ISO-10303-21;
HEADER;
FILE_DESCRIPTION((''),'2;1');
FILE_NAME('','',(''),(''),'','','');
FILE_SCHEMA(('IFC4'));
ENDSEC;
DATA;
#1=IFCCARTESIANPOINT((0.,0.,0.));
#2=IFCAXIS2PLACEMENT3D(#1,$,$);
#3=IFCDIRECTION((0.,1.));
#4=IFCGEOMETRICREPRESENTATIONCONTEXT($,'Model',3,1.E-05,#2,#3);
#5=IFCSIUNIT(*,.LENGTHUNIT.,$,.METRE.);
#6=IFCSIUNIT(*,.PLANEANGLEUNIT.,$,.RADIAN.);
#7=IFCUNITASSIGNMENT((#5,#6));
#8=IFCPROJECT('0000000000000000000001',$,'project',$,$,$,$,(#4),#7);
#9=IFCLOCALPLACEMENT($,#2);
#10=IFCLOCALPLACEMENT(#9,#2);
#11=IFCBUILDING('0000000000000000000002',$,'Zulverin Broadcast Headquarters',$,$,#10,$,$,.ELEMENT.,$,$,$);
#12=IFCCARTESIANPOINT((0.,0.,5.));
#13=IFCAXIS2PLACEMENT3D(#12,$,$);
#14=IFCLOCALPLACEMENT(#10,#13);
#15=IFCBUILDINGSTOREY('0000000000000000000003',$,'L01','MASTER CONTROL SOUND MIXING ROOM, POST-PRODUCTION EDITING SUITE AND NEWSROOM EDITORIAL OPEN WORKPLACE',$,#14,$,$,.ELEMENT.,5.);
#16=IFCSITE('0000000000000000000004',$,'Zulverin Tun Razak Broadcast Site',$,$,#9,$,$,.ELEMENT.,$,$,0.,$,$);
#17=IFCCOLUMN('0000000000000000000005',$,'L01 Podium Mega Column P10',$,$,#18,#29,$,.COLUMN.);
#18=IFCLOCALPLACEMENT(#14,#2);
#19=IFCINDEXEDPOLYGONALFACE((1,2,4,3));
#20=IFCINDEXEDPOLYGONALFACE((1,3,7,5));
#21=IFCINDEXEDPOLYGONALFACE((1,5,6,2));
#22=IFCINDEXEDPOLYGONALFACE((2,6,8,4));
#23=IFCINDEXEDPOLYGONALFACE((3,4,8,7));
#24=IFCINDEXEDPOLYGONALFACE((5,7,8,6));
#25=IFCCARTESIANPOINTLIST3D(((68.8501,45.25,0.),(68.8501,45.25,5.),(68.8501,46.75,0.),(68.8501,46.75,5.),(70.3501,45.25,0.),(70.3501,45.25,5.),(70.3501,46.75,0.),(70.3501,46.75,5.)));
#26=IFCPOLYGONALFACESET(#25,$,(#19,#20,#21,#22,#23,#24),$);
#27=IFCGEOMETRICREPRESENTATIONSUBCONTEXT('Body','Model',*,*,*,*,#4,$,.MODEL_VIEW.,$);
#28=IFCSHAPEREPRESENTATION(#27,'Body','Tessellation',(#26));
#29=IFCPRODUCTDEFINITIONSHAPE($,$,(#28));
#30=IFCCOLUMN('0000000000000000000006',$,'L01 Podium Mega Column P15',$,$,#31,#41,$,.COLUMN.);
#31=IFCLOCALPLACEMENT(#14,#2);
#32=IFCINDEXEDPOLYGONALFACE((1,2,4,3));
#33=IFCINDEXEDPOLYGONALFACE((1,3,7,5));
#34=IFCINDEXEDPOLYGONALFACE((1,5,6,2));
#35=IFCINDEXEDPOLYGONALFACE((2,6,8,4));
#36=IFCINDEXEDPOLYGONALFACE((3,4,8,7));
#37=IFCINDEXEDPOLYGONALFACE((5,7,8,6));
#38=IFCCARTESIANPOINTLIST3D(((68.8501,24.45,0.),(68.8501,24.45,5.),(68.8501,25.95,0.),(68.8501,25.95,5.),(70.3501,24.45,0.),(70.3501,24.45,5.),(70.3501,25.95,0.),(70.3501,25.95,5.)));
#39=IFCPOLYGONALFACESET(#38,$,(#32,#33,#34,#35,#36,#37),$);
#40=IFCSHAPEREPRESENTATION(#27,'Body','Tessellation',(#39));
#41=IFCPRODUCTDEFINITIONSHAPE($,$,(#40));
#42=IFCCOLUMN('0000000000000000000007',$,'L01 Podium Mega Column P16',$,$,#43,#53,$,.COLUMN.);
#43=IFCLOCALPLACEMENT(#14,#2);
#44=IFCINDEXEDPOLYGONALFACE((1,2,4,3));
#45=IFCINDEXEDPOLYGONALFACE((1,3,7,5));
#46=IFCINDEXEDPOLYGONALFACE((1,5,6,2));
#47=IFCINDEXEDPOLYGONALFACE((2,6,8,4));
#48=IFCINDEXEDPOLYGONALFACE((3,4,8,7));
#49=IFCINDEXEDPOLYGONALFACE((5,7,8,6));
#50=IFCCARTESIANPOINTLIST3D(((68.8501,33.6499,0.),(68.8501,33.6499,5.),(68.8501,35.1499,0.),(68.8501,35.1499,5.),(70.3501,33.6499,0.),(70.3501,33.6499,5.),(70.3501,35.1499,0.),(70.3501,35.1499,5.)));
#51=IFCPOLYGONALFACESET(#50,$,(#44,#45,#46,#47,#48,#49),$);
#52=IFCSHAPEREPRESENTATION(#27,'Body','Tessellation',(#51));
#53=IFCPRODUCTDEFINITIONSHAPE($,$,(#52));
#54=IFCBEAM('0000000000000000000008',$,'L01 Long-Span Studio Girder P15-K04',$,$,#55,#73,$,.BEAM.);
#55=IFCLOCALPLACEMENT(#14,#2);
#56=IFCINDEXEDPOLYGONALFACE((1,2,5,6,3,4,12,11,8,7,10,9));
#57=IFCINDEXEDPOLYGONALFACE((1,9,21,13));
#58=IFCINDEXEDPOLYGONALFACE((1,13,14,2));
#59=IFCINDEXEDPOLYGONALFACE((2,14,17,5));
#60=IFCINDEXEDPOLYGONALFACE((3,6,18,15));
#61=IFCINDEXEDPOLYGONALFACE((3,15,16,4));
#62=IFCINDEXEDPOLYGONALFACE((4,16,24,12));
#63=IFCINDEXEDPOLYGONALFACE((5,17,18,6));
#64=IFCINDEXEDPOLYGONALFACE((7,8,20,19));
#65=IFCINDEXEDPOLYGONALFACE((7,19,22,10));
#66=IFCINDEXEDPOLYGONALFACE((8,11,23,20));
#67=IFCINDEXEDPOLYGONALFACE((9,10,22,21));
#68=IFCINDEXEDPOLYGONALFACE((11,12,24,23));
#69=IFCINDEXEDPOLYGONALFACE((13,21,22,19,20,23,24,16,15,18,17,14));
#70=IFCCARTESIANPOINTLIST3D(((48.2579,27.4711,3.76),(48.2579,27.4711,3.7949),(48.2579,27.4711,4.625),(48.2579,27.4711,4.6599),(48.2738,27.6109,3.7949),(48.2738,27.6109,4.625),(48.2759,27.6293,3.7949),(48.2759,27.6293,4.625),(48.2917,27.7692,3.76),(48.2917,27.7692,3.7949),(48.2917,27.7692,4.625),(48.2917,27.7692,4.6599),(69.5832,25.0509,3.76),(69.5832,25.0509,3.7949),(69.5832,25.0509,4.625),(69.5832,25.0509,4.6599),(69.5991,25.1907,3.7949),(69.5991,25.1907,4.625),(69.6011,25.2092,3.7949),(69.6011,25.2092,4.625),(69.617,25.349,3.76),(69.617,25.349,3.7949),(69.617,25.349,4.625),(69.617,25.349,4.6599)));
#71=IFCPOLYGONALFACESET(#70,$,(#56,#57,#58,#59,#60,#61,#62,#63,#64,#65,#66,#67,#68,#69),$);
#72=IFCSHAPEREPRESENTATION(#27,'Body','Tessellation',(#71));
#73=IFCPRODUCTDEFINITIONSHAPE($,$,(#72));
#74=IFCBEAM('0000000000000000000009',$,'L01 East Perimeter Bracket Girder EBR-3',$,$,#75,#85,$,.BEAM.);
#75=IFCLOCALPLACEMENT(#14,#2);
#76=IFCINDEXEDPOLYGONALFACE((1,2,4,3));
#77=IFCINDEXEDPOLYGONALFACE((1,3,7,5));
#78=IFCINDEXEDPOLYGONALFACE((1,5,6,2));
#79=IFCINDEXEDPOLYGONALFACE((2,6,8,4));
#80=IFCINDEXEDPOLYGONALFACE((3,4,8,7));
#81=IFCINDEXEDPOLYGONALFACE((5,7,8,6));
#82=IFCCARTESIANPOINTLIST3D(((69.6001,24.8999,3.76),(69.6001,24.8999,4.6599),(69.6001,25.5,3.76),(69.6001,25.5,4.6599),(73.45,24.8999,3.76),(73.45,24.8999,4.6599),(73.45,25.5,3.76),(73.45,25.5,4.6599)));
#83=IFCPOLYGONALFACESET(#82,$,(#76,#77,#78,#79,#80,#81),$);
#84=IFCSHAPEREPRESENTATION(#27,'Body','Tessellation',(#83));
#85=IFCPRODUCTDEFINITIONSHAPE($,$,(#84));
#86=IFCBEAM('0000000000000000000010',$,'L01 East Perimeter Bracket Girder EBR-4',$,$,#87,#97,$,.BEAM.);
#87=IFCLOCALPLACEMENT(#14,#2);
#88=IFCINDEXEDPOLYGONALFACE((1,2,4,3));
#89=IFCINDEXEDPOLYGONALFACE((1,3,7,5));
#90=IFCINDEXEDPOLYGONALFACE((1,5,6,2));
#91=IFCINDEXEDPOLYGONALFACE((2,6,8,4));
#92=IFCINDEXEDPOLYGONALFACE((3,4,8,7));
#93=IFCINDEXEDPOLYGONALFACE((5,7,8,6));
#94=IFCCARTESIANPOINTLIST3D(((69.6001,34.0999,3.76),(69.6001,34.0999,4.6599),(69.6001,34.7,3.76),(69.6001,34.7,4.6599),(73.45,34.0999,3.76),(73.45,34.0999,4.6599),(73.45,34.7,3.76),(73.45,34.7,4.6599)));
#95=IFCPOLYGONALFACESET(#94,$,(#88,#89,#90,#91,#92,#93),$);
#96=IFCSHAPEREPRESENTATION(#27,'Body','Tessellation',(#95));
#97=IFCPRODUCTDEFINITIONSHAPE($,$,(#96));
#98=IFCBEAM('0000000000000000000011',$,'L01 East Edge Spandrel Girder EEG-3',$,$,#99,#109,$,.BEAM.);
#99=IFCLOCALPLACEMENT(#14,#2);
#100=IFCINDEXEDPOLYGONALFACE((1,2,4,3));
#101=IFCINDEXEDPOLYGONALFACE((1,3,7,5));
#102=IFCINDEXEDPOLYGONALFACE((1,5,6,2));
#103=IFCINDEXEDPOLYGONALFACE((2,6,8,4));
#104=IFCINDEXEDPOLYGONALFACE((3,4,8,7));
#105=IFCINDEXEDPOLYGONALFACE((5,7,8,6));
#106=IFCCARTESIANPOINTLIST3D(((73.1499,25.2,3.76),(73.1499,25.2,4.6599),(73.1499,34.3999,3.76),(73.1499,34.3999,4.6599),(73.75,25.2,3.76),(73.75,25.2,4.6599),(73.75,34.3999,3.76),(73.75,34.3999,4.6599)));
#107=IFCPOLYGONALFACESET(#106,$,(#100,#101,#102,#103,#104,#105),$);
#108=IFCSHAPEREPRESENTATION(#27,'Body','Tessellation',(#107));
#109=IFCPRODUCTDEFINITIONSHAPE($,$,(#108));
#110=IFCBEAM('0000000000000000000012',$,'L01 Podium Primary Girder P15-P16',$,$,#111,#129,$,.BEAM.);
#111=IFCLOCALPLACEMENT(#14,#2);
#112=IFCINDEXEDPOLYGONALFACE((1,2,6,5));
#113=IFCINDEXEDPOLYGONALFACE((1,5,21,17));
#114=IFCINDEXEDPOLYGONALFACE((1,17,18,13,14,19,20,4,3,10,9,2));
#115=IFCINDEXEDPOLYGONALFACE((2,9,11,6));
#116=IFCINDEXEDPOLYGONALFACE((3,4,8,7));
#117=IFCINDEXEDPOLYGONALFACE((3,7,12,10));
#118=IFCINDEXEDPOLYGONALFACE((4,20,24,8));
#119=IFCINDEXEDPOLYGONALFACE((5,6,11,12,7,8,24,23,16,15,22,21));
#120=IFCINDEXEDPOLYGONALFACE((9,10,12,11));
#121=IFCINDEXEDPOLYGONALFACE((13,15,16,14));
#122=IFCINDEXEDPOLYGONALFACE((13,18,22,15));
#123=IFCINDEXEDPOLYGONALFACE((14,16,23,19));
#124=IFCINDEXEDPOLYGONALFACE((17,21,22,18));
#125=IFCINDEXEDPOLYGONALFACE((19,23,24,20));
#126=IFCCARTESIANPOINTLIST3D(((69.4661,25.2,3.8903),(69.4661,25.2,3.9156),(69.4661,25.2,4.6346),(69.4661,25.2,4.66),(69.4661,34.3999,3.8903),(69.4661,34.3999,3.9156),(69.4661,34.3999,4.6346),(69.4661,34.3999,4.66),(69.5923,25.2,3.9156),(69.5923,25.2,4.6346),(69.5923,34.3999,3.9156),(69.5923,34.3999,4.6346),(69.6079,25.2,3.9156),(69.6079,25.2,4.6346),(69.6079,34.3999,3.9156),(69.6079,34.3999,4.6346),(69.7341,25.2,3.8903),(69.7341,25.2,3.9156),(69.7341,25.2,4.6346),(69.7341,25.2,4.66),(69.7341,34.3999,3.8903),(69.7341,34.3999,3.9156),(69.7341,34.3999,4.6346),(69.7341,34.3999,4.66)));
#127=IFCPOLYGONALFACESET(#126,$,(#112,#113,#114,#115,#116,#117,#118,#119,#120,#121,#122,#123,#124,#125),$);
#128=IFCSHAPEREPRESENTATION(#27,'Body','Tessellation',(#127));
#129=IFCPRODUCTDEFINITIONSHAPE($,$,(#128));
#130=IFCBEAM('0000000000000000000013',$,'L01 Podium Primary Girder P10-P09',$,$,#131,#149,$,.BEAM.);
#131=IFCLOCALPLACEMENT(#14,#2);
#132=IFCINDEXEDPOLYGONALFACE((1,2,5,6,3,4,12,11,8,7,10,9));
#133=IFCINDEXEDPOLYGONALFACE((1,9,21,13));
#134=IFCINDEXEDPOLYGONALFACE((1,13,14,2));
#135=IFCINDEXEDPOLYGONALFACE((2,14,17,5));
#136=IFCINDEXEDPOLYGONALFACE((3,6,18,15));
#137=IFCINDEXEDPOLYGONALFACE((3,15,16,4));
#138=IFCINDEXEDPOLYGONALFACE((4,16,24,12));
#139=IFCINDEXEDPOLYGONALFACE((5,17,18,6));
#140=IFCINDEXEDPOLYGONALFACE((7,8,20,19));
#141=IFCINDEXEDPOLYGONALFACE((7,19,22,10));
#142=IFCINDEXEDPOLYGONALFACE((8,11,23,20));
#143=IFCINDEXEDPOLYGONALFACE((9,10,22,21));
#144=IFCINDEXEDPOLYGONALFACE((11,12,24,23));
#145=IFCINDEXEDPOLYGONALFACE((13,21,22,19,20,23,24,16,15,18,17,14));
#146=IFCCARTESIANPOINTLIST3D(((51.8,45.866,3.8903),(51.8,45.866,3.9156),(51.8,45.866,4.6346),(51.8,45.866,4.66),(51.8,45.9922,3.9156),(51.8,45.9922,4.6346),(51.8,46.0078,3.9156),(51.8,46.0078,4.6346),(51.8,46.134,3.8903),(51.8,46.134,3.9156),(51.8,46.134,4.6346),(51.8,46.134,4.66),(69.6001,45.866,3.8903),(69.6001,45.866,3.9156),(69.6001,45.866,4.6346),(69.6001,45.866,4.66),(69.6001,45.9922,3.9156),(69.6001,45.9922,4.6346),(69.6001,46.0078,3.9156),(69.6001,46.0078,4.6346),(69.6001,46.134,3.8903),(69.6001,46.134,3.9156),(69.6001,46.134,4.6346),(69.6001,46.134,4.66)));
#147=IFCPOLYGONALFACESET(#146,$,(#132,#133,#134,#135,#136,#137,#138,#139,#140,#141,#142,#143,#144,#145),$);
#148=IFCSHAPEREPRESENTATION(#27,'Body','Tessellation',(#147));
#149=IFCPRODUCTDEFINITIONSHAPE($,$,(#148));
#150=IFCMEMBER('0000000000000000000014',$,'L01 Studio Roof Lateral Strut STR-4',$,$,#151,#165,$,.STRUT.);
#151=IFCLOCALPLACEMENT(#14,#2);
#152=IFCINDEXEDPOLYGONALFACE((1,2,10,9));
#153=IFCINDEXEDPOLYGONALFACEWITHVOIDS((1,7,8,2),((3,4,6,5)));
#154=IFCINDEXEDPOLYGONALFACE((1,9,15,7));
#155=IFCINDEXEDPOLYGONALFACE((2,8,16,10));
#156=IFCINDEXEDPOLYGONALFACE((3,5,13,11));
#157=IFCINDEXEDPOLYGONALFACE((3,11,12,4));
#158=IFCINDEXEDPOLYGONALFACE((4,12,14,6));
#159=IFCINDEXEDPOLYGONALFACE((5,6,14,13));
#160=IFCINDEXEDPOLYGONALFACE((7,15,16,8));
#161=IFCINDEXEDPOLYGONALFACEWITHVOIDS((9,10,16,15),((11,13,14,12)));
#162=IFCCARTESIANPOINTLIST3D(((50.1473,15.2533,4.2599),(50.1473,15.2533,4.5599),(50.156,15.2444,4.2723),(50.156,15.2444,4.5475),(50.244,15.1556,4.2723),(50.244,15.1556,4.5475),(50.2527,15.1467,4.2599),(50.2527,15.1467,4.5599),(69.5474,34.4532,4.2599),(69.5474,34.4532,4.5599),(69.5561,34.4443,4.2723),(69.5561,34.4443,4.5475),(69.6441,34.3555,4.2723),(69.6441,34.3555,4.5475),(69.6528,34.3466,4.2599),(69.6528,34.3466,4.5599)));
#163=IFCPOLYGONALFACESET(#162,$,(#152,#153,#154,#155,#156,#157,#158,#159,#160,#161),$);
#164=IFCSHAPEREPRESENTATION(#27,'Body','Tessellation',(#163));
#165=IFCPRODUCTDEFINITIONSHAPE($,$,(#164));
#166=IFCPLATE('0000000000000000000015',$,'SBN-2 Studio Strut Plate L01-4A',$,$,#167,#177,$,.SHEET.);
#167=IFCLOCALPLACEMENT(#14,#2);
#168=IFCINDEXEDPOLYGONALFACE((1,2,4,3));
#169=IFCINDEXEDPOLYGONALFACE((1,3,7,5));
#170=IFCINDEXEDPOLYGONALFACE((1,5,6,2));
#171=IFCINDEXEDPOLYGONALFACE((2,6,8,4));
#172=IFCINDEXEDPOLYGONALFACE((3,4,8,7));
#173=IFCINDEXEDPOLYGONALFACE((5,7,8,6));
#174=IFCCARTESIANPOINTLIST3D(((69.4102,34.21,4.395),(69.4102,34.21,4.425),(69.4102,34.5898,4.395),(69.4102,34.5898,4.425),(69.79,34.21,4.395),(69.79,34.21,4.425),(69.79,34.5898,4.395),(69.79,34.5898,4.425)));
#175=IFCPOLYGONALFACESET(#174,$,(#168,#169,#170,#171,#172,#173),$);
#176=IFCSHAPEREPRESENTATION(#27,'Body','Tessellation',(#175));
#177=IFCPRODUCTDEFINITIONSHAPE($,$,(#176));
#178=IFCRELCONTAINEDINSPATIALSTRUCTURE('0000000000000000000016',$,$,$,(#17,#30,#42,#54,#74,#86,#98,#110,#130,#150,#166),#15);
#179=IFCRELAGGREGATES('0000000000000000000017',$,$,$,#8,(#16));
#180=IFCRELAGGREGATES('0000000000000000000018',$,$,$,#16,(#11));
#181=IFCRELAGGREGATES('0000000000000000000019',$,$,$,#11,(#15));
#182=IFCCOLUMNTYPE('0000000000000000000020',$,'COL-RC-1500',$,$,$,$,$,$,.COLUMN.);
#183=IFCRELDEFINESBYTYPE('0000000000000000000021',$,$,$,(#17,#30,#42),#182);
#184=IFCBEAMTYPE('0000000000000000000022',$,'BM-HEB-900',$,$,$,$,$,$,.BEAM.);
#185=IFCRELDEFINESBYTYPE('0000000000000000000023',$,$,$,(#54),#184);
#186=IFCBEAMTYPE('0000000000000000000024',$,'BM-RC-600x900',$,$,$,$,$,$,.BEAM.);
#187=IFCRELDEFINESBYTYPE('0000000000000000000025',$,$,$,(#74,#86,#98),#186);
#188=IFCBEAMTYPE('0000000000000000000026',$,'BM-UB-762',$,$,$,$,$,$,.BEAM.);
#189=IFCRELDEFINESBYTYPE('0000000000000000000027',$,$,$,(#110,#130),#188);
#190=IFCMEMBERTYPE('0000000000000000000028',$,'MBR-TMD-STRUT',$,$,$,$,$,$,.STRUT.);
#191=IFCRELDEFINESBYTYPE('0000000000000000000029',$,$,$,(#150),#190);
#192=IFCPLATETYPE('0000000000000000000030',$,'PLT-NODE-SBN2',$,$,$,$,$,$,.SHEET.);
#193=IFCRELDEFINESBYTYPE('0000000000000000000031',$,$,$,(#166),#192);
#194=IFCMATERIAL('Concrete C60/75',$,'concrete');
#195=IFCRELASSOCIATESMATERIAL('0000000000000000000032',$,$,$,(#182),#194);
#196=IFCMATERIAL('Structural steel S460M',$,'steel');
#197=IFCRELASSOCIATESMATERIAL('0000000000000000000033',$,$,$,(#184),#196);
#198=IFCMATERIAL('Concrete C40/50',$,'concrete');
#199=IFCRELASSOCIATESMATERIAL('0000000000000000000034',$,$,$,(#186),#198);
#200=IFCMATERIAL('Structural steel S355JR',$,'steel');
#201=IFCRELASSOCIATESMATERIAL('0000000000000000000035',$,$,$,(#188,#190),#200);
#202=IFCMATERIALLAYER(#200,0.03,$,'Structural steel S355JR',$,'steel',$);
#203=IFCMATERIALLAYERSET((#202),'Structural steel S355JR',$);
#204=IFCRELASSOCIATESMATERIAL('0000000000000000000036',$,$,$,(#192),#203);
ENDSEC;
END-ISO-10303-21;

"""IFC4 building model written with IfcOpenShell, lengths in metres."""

from ifc_helpers import new_model, si_unit, direction, frame, origin, origin_2d, place, context, subcontext, project, spatial, rectangle, hollow_rectangle, i_section, extrude, material, layer, layer_set, material_profile, profile_set, type_object, element, save


model = new_model("IFC4")

# Units and contexts
model_context = context("Model", 3, precision=1e-05, world=origin(), true_north=direction((0.0, 1.0)))
body_context = subcontext(model_context, "Body", "Model", "MODEL_VIEW")
ifc_project = project(units=[si_unit("LENGTHUNIT", "METRE"), si_unit("PLANEANGLEUNIT", "RADIAN")], contexts=[model_context])

# Site, building, storey
site_placement = place(None, origin())
site = spatial("IfcSite", under=ifc_project, at=site_placement, Name="Zulverin Tun Razak Broadcast Site", CompositionType="ELEMENT", RefElevation=0.0)
building_placement = place(site_placement, origin())
building = spatial("IfcBuilding", under=site, at=building_placement, Name="Zulverin Broadcast Headquarters", CompositionType="ELEMENT")
storey_placement = place(building_placement, frame((0.0, 0.0, 5.0)))
storey = spatial("IfcBuildingStorey", under=building, at=storey_placement, Name="L01", Description="MASTER CONTROL SOUND MIXING ROOM, POST-PRODUCTION EDITING SUITE AND NEWSROOM EDITORIAL OPEN WORKPLACE", CompositionType="ELEMENT", Elevation=5.0)

# Columns
ifc_material_1 = material(Name="Concrete C60/75", Category="concrete")
ifc_material_profile_1 = material_profile(ifc_material_1, rectangle(XDim=1.5, YDim=1.5, at=origin_2d()), Name="Concrete C60/75", Category="concrete")
ifc_profile_set_1 = profile_set([ifc_material_profile_1], Name="Concrete C60/75")
column_type = type_object("IfcColumnType", Name="COL-RC-1500", PredefinedType="COLUMN", material=ifc_profile_set_1)
for number, where, z_axis, x_axis, name in (
    (1, (69.6001, 46.0, 0.0), (0.0, 0.0, 1.0), (1.0, 0.0, 0.0), "L01 Podium Mega Column P10"),
    (2, (69.6001, 25.2, 0.0), (0.0, 0.0, 1.0), (1.0, 0.0, 0.0), "L01 Podium Mega Column P15"),
    (3, (69.6001, 34.3999, 0.0), (0.0, 0.0, 1.0), (1.0, 0.0, 0.0), "L01 Podium Mega Column P16"),
):
    element("IfcColumn", number, at=place(storey_placement, frame(where, z_axis=z_axis, x_axis=x_axis)), inside=storey, type_object=column_type, Name=name, PredefinedType="COLUMN", context=body_context, shape_type="SweptSolid", body=[
        extrude(rectangle(XDim=1.5, YDim=1.5, at=origin_2d()), origin(), (0.0, 0.0, 1.0), 5.0),
    ])

# Beams
ifc_material_2 = material(Name="Structural steel S460M", Category="steel")
ifc_material_profile_2 = material_profile(ifc_material_2, i_section(OverallWidth=0.3, OverallDepth=0.8999, WebThickness=0.0186, FlangeThickness=0.0349, at=origin_2d()), Name="Structural steel S460M", Category="steel")
ifc_profile_set_2 = profile_set([ifc_material_profile_2], Name="Structural steel S460M")
beam_type_1 = type_object("IfcBeamType", Name="BM-HEB-900", PredefinedType="BEAM", material=ifc_profile_set_2)
beam_1_placement = place(storey_placement, frame((69.6001, 25.2, 4.21), z_axis=(-0.993622, 0.112765, 0.0), x_axis=(-0.112765, -0.993622, 0.0)))
element("IfcBeam", 4, at=beam_1_placement, inside=storey, type_object=beam_type_1, Name="L01 Long-Span Studio Girder P15-K04", PredefinedType="BEAM", context=body_context, shape_type="SweptSolid", body=[
    extrude(i_section(OverallWidth=0.3, OverallDepth=0.8999, WebThickness=0.0186, FlangeThickness=0.0349, at=origin_2d()), origin(), (0.0, 0.0, 1.0), 21.4622),
])
ifc_material_3 = material(Name="Concrete C40/50", Category="concrete")
ifc_material_profile_3 = material_profile(ifc_material_3, rectangle(XDim=0.6001, YDim=0.8999, at=origin_2d()), Name="Concrete C40/50", Category="concrete")
ifc_profile_set_3 = profile_set([ifc_material_profile_3], Name="Concrete C40/50")
beam_type_2 = type_object("IfcBeamType", Name="BM-RC-600x900", PredefinedType="BEAM", material=ifc_profile_set_3)
for number, where, z_axis, x_axis, name in (
    (5, (69.6001, 25.2, 4.21), (1.0, 0.0, 0.0), (0.0, 1.0, 0.0), "L01 East Perimeter Bracket Girder EBR-3"),
    (6, (69.6001, 34.3999, 4.21), (1.0, 0.0, 0.0), (0.0, 1.0, 0.0), "L01 East Perimeter Bracket Girder EBR-4"),
):
    element("IfcBeam", number, at=place(storey_placement, frame(where, z_axis=z_axis, x_axis=x_axis)), inside=storey, type_object=beam_type_2, Name=name, PredefinedType="BEAM", context=body_context, shape_type="SweptSolid", body=[
        extrude(rectangle(XDim=0.6001, YDim=0.8999, at=origin_2d()), origin(), (0.0, 0.0, 1.0), 3.8499),
    ])
beam_2_placement = place(storey_placement, frame((73.45, 25.2, 4.21), z_axis=(0.0, 1.0, 0.0), x_axis=(-1.0, 0.0, 0.0)))
element("IfcBeam", 7, at=beam_2_placement, inside=storey, type_object=beam_type_2, Name="L01 East Edge Spandrel Girder EEG-3", PredefinedType="BEAM", context=body_context, shape_type="SweptSolid", body=[
    extrude(rectangle(XDim=0.6001, YDim=0.8999, at=origin_2d()), origin(), (0.0, 0.0, 1.0), 9.2),
])
ifc_material_4 = material(Name="Structural steel S355JR", Category="steel")
ifc_material_profile_4 = material_profile(ifc_material_4, i_section(OverallWidth=0.2681, OverallDepth=0.7698, WebThickness=0.0156, FlangeThickness=0.0254, at=origin_2d()), Name="Structural steel S355JR", Category="steel")
ifc_profile_set_4 = profile_set([ifc_material_profile_4], Name="Structural steel S355JR")
beam_type_3 = type_object("IfcBeamType", Name="BM-UB-762", PredefinedType="BEAM", material=ifc_profile_set_4)
beam_3_placement = place(storey_placement, frame((69.6001, 25.2, 4.2751), z_axis=(0.0, 1.0, 0.0), x_axis=(-1.0, 0.0, 0.0)))
element("IfcBeam", 8, at=beam_3_placement, inside=storey, type_object=beam_type_3, Name="L01 Podium Primary Girder P15-P16", PredefinedType="BEAM", context=body_context, shape_type="SweptSolid", body=[
    extrude(i_section(OverallWidth=0.2681, OverallDepth=0.7698, WebThickness=0.0156, FlangeThickness=0.0254, at=origin_2d()), origin(), (0.0, 0.0, 1.0), 9.2),
])
beam_4_placement = place(storey_placement, frame((69.6001, 46.0, 4.2751), z_axis=(-1.0, 0.0, 0.0), x_axis=(0.0, -1.0, 0.0)))
element("IfcBeam", 9, at=beam_4_placement, inside=storey, type_object=beam_type_3, Name="L01 Podium Primary Girder P10-P09", PredefinedType="BEAM", context=body_context, shape_type="SweptSolid", body=[
    extrude(i_section(OverallWidth=0.2681, OverallDepth=0.7698, WebThickness=0.0156, FlangeThickness=0.0254, at=origin_2d()), origin(), (0.0, 0.0, 1.0), 17.8),
])

# Member
ifc_material_profile_5 = material_profile(ifc_material_4, hollow_rectangle(XDim=0.1499, YDim=0.3, WallThickness=0.0125, at=origin_2d()), Name="Structural steel S355JR", Category="steel")
ifc_profile_set_5 = profile_set([ifc_material_profile_5], Name="Structural steel S355JR")
member_type = type_object("IfcMemberType", Name="MBR-TMD-STRUT", PredefinedType="STRUT", material=ifc_profile_set_5)
member_placement = place(storey_placement, frame((69.6001, 34.3999, 4.4099), z_axis=(-0.710765, -0.70343, 0.0), x_axis=(0.70343, -0.710765, 0.0)))
element("IfcMember", 10, at=member_placement, inside=storey, type_object=member_type, Name="L01 Studio Roof Lateral Strut STR-4", PredefinedType="STRUT", context=body_context, shape_type="SweptSolid", body=[
    extrude(hollow_rectangle(XDim=0.1499, YDim=0.3, WallThickness=0.0125, at=origin_2d()), origin(), (0.0, 0.0, 1.0), 27.2947),
])

# Plate
ifc_layer_1 = layer(ifc_material_4, 0.03, Name="Structural steel S355JR", Category="steel")
ifc_layer_set_1 = layer_set([ifc_layer_1], Name="Structural steel S355JR")
plate_type = type_object("IfcPlateType", Name="PLT-NODE-SBN2", PredefinedType="SHEET", material=ifc_layer_set_1)
plate_placement = place(storey_placement, frame((69.6001, 34.3999, 4.395), z_axis=(0.0, 0.0, 1.0), x_axis=(1.0, 0.0, 0.0)))
element("IfcPlate", 11, at=plate_placement, inside=storey, type_object=plate_type, Name="SBN-2 Studio Strut Plate L01-4A", PredefinedType="SHEET", context=body_context, shape_type="SweptSolid", body=[
    extrude(rectangle(XDim=0.3799, YDim=0.3799, at=origin_2d()), origin(), (0.0, 0.0, 1.0), 0.03),
])

save(model, "model.ifc")
